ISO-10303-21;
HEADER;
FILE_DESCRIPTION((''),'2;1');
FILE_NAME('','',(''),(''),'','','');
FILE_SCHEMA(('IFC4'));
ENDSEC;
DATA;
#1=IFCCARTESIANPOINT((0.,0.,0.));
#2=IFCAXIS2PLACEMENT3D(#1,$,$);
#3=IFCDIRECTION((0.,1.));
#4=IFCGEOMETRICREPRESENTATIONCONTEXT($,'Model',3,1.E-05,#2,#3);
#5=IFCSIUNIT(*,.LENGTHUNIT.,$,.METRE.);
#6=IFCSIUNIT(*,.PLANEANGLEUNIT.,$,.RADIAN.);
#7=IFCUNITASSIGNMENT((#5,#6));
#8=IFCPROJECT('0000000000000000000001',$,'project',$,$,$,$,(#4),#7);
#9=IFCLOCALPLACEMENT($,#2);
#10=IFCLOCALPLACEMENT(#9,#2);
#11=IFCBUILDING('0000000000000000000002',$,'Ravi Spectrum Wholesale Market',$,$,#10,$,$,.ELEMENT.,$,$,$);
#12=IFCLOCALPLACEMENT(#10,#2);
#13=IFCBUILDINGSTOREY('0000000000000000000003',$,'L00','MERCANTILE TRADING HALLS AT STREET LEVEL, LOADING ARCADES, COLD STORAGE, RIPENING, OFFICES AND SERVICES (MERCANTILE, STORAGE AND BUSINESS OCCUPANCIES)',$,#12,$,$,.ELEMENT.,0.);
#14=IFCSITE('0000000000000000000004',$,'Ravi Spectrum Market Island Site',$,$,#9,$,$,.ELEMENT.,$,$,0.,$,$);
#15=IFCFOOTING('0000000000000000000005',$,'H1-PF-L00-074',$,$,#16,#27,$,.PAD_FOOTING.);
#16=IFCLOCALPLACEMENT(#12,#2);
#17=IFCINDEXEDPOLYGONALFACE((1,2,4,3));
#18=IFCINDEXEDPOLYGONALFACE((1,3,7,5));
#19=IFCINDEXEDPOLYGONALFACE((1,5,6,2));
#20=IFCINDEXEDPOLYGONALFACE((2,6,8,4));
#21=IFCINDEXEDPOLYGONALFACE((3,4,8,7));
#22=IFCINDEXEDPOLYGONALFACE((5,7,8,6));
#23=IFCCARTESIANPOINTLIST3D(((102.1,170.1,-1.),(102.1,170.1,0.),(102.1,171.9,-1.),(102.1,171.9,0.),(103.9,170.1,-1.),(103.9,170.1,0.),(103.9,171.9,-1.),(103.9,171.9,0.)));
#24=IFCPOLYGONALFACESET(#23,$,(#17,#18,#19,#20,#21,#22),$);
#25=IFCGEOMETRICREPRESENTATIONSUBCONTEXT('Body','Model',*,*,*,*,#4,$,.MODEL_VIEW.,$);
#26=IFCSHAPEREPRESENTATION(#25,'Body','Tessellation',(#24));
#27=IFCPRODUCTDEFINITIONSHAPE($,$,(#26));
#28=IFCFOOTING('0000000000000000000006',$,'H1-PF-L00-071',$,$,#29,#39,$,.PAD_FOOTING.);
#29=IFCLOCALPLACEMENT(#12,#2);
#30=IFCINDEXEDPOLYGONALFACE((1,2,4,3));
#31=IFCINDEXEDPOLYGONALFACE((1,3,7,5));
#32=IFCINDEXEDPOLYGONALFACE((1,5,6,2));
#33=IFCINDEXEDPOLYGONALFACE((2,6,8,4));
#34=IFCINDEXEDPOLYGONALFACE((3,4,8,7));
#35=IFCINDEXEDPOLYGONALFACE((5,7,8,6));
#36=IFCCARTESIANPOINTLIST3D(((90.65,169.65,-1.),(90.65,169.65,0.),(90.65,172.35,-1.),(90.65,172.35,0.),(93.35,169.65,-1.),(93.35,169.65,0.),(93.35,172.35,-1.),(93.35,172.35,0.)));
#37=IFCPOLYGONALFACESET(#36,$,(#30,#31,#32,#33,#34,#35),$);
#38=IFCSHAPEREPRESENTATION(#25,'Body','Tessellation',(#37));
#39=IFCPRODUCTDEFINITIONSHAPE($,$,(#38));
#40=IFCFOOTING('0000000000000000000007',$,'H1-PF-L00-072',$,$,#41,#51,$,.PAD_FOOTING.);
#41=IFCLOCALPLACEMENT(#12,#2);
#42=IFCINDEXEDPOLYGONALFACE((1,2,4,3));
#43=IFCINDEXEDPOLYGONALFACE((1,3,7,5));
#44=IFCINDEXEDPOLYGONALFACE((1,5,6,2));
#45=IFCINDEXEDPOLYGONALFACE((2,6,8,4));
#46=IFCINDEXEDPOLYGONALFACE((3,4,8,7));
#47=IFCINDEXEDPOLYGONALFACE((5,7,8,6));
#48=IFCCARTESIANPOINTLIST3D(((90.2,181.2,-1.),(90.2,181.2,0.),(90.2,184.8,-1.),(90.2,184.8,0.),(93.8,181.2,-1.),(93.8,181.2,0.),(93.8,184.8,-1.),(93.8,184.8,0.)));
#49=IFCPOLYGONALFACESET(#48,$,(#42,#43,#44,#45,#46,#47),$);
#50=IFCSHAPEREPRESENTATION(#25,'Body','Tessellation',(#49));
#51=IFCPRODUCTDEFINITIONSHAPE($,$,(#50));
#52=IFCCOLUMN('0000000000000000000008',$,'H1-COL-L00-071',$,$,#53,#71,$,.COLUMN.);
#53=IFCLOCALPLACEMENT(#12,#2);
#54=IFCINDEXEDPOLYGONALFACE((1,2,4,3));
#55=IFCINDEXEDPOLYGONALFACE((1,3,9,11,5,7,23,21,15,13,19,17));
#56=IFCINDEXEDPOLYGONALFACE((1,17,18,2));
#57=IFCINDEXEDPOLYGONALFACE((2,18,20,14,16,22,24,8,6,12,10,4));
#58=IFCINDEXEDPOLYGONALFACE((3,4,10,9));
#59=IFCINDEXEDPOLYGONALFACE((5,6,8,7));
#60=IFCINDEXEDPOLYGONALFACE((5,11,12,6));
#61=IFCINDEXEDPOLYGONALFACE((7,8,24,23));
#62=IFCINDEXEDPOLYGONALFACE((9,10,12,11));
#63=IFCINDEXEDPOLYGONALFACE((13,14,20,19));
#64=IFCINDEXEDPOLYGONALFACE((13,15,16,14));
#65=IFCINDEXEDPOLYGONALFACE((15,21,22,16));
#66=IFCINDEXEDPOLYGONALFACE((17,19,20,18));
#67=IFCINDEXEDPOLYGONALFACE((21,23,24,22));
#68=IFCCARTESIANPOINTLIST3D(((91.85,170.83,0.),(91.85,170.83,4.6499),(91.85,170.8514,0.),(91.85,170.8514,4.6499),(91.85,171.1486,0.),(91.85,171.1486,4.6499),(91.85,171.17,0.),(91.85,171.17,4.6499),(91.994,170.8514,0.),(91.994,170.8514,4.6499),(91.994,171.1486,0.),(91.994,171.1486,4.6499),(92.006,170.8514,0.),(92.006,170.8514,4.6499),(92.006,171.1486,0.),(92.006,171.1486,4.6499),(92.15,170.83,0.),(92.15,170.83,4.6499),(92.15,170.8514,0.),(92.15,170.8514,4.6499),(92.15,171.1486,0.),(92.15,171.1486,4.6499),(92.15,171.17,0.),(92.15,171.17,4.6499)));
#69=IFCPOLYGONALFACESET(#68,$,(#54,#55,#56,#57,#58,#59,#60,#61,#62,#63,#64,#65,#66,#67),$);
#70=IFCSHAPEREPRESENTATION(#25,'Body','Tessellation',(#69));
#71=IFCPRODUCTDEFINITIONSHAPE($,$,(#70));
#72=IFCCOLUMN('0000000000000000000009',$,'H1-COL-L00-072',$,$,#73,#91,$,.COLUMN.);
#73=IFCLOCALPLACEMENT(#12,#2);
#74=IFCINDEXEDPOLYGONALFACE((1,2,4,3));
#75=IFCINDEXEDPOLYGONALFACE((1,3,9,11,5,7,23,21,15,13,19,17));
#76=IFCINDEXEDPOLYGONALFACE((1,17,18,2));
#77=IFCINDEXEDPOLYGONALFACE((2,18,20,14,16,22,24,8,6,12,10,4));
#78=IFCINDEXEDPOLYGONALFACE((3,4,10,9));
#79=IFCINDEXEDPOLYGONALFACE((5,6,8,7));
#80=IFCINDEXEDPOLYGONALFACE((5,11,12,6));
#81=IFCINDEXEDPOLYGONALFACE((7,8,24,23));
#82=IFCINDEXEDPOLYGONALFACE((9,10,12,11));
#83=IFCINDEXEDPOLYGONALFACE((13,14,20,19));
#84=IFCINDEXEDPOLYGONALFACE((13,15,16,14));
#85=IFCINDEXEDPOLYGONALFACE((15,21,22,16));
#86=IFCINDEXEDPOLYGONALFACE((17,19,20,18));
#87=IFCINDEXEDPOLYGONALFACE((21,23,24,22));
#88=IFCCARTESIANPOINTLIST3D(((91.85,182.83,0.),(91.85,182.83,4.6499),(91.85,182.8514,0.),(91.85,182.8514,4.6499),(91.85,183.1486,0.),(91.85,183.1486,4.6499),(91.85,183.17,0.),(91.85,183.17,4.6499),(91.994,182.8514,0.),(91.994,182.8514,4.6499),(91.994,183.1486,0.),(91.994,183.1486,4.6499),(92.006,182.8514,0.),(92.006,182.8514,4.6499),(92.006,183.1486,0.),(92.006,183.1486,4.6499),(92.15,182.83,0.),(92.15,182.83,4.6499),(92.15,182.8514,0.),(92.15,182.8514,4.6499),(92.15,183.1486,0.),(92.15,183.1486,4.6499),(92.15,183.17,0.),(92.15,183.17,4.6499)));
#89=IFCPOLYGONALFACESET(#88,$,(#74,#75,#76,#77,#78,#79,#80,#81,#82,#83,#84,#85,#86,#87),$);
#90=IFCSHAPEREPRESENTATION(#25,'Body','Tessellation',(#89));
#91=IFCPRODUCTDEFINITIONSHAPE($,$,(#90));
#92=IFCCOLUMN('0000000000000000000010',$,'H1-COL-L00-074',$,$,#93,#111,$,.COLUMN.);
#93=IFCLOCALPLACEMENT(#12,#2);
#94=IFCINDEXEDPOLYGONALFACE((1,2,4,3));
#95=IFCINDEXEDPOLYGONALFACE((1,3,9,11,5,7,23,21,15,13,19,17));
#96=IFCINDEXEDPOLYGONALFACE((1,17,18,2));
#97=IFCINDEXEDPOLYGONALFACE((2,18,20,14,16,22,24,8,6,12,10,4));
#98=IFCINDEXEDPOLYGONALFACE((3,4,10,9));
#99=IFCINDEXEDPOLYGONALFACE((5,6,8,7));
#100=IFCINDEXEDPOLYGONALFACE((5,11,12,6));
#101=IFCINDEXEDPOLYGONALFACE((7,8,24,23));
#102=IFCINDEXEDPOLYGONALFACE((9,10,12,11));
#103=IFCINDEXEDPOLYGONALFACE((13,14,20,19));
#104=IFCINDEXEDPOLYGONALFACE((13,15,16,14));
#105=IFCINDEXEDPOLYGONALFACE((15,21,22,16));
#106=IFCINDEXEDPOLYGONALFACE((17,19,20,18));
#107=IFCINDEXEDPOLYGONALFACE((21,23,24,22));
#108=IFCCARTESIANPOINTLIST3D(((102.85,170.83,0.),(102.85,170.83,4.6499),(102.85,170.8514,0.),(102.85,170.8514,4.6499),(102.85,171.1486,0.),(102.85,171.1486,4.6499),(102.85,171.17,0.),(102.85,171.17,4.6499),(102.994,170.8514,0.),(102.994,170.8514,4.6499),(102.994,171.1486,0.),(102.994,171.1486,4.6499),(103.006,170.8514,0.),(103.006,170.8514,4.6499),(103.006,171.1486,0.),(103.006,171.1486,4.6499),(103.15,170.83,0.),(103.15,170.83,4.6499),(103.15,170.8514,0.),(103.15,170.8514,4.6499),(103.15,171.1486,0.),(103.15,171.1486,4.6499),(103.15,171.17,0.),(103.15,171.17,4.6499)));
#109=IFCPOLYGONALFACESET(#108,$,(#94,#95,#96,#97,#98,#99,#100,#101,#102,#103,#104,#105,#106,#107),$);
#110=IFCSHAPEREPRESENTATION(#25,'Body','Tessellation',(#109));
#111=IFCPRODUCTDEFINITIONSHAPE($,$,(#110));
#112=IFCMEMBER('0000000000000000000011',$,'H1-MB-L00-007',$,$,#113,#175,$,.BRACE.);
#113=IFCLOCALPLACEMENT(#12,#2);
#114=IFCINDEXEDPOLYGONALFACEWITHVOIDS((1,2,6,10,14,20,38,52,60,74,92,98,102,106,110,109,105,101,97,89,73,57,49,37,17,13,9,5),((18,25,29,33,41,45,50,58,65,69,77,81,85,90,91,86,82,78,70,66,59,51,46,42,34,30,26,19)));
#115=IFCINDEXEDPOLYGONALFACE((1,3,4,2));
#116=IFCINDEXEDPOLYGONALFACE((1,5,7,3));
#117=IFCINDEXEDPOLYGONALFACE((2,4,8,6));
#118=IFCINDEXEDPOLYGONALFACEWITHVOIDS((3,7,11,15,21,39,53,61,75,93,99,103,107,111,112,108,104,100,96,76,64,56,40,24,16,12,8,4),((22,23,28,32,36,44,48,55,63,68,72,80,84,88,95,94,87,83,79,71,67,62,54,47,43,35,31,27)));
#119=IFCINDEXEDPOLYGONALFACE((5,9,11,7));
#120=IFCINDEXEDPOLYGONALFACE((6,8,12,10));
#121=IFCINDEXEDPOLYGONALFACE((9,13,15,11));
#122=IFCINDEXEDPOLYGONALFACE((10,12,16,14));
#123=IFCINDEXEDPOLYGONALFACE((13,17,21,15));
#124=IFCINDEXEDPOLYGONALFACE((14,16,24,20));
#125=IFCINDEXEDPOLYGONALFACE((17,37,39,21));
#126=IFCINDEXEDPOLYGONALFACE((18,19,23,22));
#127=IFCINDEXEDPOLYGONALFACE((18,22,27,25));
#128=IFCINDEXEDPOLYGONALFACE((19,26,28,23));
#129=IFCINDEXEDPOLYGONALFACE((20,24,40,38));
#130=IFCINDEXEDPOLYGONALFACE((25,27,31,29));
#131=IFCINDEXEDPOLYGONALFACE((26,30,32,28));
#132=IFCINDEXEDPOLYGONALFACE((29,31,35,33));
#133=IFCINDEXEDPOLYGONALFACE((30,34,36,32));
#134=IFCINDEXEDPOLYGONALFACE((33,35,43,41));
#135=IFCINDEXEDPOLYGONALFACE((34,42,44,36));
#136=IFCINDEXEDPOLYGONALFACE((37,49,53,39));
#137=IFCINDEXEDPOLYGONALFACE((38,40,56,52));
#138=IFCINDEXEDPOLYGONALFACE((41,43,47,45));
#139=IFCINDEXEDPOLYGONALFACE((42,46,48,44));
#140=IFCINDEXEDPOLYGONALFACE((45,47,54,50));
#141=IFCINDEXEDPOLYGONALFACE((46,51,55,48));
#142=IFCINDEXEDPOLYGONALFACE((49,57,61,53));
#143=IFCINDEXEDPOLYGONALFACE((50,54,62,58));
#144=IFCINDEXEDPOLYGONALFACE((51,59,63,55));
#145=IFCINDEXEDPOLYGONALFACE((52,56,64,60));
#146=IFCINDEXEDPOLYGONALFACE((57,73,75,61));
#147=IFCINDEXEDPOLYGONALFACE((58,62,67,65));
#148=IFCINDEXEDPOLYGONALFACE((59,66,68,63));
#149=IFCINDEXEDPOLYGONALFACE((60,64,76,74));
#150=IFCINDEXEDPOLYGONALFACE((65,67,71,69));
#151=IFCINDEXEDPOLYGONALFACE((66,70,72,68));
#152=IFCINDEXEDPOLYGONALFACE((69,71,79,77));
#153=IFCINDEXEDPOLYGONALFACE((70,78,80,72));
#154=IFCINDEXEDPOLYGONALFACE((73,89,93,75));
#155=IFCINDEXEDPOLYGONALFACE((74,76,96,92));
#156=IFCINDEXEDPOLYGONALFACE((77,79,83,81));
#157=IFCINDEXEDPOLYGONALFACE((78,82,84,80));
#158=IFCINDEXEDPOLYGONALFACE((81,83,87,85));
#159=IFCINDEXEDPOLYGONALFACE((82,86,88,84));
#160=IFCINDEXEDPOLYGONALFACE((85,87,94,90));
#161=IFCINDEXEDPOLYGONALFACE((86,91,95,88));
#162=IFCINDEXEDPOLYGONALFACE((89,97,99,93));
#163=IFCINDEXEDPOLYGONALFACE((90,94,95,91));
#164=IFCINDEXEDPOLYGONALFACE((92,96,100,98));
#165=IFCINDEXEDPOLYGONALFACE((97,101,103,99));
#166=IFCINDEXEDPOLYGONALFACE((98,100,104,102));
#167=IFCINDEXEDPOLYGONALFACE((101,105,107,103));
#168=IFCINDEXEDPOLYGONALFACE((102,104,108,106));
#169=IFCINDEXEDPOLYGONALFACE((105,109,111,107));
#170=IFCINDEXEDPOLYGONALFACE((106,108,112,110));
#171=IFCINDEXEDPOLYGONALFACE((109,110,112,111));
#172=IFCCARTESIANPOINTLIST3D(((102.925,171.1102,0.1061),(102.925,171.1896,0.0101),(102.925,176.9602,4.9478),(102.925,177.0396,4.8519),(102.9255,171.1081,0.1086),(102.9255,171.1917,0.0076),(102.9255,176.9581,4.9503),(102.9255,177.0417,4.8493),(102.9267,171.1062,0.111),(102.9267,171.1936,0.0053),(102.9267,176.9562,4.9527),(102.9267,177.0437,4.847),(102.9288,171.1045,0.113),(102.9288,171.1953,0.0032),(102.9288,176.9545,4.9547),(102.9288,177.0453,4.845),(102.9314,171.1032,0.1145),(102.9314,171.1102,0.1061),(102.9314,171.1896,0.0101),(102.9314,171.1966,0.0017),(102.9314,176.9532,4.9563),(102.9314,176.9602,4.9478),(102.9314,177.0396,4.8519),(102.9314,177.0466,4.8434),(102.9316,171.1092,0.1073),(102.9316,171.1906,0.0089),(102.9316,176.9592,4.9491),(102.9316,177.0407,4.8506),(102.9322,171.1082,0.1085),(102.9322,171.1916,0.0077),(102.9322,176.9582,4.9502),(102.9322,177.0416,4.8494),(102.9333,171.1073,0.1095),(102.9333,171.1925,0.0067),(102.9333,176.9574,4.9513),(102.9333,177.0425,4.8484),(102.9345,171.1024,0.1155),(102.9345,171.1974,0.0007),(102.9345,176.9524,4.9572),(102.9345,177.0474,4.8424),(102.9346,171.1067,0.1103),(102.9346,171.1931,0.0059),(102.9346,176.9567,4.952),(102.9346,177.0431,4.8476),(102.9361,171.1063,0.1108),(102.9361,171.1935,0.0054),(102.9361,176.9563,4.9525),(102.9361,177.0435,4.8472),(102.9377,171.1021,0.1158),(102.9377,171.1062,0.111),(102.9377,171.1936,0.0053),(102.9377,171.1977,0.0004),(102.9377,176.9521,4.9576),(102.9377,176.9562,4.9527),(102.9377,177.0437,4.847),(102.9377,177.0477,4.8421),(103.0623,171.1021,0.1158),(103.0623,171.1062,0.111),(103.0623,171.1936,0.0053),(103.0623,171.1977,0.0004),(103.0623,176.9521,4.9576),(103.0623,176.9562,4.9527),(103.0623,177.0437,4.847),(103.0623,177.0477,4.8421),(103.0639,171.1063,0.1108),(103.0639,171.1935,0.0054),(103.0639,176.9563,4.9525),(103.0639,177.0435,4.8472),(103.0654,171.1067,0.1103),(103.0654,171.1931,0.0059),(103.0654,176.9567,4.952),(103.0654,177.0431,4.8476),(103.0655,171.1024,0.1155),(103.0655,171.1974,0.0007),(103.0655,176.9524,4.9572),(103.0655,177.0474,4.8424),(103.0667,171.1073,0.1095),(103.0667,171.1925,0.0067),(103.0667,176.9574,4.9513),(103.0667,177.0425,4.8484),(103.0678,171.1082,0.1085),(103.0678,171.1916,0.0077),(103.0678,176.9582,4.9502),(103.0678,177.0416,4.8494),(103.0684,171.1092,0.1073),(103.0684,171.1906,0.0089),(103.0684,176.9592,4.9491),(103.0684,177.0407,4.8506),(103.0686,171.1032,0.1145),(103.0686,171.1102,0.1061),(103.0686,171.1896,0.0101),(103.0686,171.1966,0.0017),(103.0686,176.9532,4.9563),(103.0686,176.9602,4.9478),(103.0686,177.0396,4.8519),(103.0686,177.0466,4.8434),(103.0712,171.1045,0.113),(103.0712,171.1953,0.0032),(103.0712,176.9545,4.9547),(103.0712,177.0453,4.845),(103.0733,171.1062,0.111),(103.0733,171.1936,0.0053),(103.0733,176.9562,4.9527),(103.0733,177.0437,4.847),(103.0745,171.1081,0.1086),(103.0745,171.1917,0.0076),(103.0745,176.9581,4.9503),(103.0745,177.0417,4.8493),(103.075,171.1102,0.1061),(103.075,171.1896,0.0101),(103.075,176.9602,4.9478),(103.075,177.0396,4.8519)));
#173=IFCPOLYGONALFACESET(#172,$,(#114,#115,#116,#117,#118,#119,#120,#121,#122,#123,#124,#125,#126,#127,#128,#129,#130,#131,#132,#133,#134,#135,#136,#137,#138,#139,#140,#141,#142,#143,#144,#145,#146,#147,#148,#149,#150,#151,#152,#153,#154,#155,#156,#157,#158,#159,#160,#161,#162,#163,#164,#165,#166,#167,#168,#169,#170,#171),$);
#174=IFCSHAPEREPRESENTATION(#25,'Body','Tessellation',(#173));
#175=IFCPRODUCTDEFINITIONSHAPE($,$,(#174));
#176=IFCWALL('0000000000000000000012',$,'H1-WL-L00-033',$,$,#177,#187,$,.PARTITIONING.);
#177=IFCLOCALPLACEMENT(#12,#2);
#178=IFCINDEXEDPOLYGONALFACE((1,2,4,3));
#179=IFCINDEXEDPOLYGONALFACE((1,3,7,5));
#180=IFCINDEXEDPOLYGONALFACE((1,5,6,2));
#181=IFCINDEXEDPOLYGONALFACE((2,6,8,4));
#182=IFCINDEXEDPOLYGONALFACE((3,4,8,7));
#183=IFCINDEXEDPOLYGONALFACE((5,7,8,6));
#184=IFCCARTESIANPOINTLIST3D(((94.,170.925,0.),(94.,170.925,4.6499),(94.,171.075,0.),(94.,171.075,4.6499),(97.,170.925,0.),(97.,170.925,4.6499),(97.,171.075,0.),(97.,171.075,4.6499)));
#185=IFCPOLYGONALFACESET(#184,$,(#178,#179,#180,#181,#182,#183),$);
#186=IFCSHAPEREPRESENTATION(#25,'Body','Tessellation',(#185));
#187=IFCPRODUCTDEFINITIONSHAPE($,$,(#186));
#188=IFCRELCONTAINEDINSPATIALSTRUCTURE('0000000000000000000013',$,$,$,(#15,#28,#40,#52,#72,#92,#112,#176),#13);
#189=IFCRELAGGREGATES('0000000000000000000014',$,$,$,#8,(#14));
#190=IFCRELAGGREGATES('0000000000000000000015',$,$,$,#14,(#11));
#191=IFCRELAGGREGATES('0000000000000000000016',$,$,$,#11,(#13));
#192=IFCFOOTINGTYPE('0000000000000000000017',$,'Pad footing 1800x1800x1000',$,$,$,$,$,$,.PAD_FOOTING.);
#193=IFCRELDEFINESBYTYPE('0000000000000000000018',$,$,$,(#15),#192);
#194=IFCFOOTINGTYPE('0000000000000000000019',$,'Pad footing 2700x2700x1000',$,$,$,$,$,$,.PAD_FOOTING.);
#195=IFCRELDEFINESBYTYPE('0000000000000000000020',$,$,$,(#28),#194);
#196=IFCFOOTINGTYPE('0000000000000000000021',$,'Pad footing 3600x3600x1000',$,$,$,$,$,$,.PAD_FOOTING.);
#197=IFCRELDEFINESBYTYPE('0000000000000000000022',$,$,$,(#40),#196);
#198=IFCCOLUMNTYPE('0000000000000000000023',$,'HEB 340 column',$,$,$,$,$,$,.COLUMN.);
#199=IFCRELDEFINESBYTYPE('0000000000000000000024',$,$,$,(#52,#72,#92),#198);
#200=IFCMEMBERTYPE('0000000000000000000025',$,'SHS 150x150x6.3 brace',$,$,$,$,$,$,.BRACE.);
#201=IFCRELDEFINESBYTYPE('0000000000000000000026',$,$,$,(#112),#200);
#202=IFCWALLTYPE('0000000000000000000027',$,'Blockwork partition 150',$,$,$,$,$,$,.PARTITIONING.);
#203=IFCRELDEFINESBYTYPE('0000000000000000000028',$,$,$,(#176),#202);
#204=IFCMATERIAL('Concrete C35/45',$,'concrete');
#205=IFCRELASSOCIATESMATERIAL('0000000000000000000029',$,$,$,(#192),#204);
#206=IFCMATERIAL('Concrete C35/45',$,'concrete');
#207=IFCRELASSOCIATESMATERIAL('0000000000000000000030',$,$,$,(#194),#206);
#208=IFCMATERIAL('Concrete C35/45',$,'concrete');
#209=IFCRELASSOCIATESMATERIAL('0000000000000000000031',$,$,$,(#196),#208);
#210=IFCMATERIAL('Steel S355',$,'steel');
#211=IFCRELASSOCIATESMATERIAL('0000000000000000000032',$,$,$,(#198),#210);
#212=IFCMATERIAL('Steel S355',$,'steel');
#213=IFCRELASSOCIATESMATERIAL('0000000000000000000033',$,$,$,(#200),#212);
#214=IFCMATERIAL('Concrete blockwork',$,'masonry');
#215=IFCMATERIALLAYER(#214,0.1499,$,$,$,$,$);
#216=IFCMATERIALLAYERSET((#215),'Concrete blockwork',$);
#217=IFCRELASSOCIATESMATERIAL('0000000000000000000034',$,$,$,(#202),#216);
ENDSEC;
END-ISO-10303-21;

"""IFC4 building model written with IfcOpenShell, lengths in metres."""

from ifc_helpers import new_model, si_unit, direction, frame, frame_2d, origin, origin_2d, place, context, subcontext, project, spatial, rectangle, hollow_rectangle, i_section, extrude, material, layer, layer_set, material_profile, profile_set, type_object, element, save


model = new_model("IFC4")

# Units and contexts
model_context = context("Model", 3, precision=1e-05, world=origin(), true_north=direction((0.0, 1.0)))
body_context = subcontext(model_context, "Body", "Model", "MODEL_VIEW")
ifc_project = project(units=[si_unit("LENGTHUNIT", "METRE"), si_unit("PLANEANGLEUNIT", "RADIAN")], contexts=[model_context])

# Site, building, storey
site_placement = place(None, origin())
site = spatial("IfcSite", under=ifc_project, at=site_placement, Name="Ravi Spectrum Market Island Site", CompositionType="ELEMENT", RefElevation=0.0)
building_placement = place(site_placement, origin())
building = spatial("IfcBuilding", under=site, at=building_placement, Name="Ravi Spectrum Wholesale Market", CompositionType="ELEMENT")
storey_placement = place(building_placement, origin())
storey = spatial("IfcBuildingStorey", under=building, at=storey_placement, Name="L00", Description="MERCANTILE TRADING HALLS AT STREET LEVEL, LOADING ARCADES, COLD STORAGE, RIPENING, OFFICES AND SERVICES (MERCANTILE, STORAGE AND BUSINESS OCCUPANCIES)", CompositionType="ELEMENT", Elevation=0.0)

# Footings
ifc_material_1 = material(Name="Concrete C35/45", Category="concrete")
footing_type_1 = type_object("IfcFootingType", Name="Pad footing 1800x1800x1000", PredefinedType="PAD_FOOTING", material=ifc_material_1)
footing_1_placement = place(storey_placement, frame((103.0, 171.0, -1.0), z_axis=(0.0, 0.0, 1.0), x_axis=(1.0, 0.0, 0.0)))
element("IfcFooting", 1, at=footing_1_placement, inside=storey, type_object=footing_type_1, Name="H1-PF-L00-074", PredefinedType="PAD_FOOTING", context=body_context, shape_type="SweptSolid", body=[
    extrude(rectangle(XDim=1.8, YDim=1.8, at=origin_2d()), origin(), (0.0, 0.0, 1.0), 1.0),
])
ifc_material_2 = material(Name="Concrete C35/45", Category="concrete")
footing_type_2 = type_object("IfcFootingType", Name="Pad footing 2700x2700x1000", PredefinedType="PAD_FOOTING", material=ifc_material_2)
footing_2_placement = place(storey_placement, frame((92.0, 171.0, -1.0), z_axis=(0.0, 0.0, 1.0), x_axis=(1.0, 0.0, 0.0)))
element("IfcFooting", 2, at=footing_2_placement, inside=storey, type_object=footing_type_2, Name="H1-PF-L00-071", PredefinedType="PAD_FOOTING", context=body_context, shape_type="SweptSolid", body=[
    extrude(rectangle(XDim=2.7, YDim=2.7, at=origin_2d()), origin(), (0.0, 0.0, 1.0), 1.0),
])
ifc_material_3 = material(Name="Concrete C35/45", Category="concrete")
footing_type_3 = type_object("IfcFootingType", Name="Pad footing 3600x3600x1000", PredefinedType="PAD_FOOTING", material=ifc_material_3)
footing_3_placement = place(storey_placement, frame((92.0, 183.0, -1.0), z_axis=(0.0, 0.0, 1.0), x_axis=(1.0, 0.0, 0.0)))
element("IfcFooting", 3, at=footing_3_placement, inside=storey, type_object=footing_type_3, Name="H1-PF-L00-072", PredefinedType="PAD_FOOTING", context=body_context, shape_type="SweptSolid", body=[
    extrude(rectangle(XDim=3.6001, YDim=3.6001, at=origin_2d()), origin(), (0.0, 0.0, 1.0), 1.0),
])

# Columns
ifc_material_4 = material(Name="Steel S355", Category="steel")
ifc_material_profile_1 = material_profile(ifc_material_4, i_section(OverallWidth=0.3, OverallDepth=0.3401, WebThickness=0.012, FlangeThickness=0.0215, at=origin_2d()))
ifc_profile_set_1 = profile_set([ifc_material_profile_1], Name="Steel S355")
column_type = type_object("IfcColumnType", Name="HEB 340 column", PredefinedType="COLUMN", material=ifc_profile_set_1)
for number, where, z_axis, x_axis, name in (
    (4, (92.0, 171.0, 0.0), (0.0, 0.0, 1.0), (1.0, 0.0, 0.0), "H1-COL-L00-071"),
    (5, (92.0, 183.0, 0.0), (0.0, 0.0, 1.0), (1.0, 0.0, 0.0), "H1-COL-L00-072"),
    (6, (103.0, 171.0, 0.0), (0.0, 0.0, 1.0), (1.0, 0.0, 0.0), "H1-COL-L00-074"),
):
    element("IfcColumn", number, at=place(storey_placement, frame(where, z_axis=z_axis, x_axis=x_axis)), inside=storey, type_object=column_type, Name=name, PredefinedType="COLUMN", context=body_context, shape_type="SweptSolid", body=[
        extrude(i_section(OverallWidth=0.3, OverallDepth=0.3401, WebThickness=0.012, FlangeThickness=0.0215, at=origin_2d()), origin(), (0.0, 0.0, 1.0), 4.6499),
    ])

# Member
ifc_material_5 = material(Name="Steel S355", Category="steel")
ifc_material_profile_2 = material_profile(ifc_material_5, hollow_rectangle(XDim=0.1499, YDim=0.1499, WallThickness=0.0063, InnerFilletRadius=0.0063, OuterFilletRadius=0.0127, at=origin_2d()))
ifc_profile_set_2 = profile_set([ifc_material_profile_2], Name="Steel S355")
member_type = type_object("IfcMemberType", Name="SHS 150x150x6.3 brace", PredefinedType="BRACE", material=ifc_profile_set_2)
member_placement = place(storey_placement, frame((103.0, 171.1499, 0.0581), z_axis=(0.0, 0.770373, 0.637594), x_axis=(-1.0, 0.0, 0.0)))
element("IfcMember", 7, at=member_placement, inside=storey, type_object=member_type, Name="H1-MB-L00-007", PredefinedType="BRACE", context=body_context, shape_type="SweptSolid", body=[
    extrude(hollow_rectangle(XDim=0.1499, YDim=0.1499, WallThickness=0.0063, InnerFilletRadius=0.0063, OuterFilletRadius=0.0127, at=origin_2d()), origin(), (0.0, 0.0, 1.0), 7.5938),
])

# Wall
ifc_material_6 = material(Name="Concrete blockwork", Category="masonry")
ifc_layer_1 = layer(ifc_material_6, 0.1499)
ifc_layer_set_1 = layer_set([ifc_layer_1], Name="Concrete blockwork")
wall_type_1 = type_object("IfcWallType", Name="Blockwork partition 150", PredefinedType="PARTITIONING", material=ifc_layer_set_1)
wall_1_placement = place(storey_placement, frame((94.0, 171.0, 0.0), z_axis=(0.0, 0.0, 1.0), x_axis=(1.0, 0.0, 0.0)))
element("IfcWall", 8, at=wall_1_placement, inside=storey, type_object=wall_type_1, Name="H1-WL-L00-033", PredefinedType="PARTITIONING", context=body_context, shape_type="SweptSolid", body=[
    extrude(rectangle(XDim=3.0, YDim=0.1499, at=frame_2d((1.5, 0.0))), origin(), (0.0, 0.0, 1.0), 4.6499),
])

save(model, "model.ifc")
